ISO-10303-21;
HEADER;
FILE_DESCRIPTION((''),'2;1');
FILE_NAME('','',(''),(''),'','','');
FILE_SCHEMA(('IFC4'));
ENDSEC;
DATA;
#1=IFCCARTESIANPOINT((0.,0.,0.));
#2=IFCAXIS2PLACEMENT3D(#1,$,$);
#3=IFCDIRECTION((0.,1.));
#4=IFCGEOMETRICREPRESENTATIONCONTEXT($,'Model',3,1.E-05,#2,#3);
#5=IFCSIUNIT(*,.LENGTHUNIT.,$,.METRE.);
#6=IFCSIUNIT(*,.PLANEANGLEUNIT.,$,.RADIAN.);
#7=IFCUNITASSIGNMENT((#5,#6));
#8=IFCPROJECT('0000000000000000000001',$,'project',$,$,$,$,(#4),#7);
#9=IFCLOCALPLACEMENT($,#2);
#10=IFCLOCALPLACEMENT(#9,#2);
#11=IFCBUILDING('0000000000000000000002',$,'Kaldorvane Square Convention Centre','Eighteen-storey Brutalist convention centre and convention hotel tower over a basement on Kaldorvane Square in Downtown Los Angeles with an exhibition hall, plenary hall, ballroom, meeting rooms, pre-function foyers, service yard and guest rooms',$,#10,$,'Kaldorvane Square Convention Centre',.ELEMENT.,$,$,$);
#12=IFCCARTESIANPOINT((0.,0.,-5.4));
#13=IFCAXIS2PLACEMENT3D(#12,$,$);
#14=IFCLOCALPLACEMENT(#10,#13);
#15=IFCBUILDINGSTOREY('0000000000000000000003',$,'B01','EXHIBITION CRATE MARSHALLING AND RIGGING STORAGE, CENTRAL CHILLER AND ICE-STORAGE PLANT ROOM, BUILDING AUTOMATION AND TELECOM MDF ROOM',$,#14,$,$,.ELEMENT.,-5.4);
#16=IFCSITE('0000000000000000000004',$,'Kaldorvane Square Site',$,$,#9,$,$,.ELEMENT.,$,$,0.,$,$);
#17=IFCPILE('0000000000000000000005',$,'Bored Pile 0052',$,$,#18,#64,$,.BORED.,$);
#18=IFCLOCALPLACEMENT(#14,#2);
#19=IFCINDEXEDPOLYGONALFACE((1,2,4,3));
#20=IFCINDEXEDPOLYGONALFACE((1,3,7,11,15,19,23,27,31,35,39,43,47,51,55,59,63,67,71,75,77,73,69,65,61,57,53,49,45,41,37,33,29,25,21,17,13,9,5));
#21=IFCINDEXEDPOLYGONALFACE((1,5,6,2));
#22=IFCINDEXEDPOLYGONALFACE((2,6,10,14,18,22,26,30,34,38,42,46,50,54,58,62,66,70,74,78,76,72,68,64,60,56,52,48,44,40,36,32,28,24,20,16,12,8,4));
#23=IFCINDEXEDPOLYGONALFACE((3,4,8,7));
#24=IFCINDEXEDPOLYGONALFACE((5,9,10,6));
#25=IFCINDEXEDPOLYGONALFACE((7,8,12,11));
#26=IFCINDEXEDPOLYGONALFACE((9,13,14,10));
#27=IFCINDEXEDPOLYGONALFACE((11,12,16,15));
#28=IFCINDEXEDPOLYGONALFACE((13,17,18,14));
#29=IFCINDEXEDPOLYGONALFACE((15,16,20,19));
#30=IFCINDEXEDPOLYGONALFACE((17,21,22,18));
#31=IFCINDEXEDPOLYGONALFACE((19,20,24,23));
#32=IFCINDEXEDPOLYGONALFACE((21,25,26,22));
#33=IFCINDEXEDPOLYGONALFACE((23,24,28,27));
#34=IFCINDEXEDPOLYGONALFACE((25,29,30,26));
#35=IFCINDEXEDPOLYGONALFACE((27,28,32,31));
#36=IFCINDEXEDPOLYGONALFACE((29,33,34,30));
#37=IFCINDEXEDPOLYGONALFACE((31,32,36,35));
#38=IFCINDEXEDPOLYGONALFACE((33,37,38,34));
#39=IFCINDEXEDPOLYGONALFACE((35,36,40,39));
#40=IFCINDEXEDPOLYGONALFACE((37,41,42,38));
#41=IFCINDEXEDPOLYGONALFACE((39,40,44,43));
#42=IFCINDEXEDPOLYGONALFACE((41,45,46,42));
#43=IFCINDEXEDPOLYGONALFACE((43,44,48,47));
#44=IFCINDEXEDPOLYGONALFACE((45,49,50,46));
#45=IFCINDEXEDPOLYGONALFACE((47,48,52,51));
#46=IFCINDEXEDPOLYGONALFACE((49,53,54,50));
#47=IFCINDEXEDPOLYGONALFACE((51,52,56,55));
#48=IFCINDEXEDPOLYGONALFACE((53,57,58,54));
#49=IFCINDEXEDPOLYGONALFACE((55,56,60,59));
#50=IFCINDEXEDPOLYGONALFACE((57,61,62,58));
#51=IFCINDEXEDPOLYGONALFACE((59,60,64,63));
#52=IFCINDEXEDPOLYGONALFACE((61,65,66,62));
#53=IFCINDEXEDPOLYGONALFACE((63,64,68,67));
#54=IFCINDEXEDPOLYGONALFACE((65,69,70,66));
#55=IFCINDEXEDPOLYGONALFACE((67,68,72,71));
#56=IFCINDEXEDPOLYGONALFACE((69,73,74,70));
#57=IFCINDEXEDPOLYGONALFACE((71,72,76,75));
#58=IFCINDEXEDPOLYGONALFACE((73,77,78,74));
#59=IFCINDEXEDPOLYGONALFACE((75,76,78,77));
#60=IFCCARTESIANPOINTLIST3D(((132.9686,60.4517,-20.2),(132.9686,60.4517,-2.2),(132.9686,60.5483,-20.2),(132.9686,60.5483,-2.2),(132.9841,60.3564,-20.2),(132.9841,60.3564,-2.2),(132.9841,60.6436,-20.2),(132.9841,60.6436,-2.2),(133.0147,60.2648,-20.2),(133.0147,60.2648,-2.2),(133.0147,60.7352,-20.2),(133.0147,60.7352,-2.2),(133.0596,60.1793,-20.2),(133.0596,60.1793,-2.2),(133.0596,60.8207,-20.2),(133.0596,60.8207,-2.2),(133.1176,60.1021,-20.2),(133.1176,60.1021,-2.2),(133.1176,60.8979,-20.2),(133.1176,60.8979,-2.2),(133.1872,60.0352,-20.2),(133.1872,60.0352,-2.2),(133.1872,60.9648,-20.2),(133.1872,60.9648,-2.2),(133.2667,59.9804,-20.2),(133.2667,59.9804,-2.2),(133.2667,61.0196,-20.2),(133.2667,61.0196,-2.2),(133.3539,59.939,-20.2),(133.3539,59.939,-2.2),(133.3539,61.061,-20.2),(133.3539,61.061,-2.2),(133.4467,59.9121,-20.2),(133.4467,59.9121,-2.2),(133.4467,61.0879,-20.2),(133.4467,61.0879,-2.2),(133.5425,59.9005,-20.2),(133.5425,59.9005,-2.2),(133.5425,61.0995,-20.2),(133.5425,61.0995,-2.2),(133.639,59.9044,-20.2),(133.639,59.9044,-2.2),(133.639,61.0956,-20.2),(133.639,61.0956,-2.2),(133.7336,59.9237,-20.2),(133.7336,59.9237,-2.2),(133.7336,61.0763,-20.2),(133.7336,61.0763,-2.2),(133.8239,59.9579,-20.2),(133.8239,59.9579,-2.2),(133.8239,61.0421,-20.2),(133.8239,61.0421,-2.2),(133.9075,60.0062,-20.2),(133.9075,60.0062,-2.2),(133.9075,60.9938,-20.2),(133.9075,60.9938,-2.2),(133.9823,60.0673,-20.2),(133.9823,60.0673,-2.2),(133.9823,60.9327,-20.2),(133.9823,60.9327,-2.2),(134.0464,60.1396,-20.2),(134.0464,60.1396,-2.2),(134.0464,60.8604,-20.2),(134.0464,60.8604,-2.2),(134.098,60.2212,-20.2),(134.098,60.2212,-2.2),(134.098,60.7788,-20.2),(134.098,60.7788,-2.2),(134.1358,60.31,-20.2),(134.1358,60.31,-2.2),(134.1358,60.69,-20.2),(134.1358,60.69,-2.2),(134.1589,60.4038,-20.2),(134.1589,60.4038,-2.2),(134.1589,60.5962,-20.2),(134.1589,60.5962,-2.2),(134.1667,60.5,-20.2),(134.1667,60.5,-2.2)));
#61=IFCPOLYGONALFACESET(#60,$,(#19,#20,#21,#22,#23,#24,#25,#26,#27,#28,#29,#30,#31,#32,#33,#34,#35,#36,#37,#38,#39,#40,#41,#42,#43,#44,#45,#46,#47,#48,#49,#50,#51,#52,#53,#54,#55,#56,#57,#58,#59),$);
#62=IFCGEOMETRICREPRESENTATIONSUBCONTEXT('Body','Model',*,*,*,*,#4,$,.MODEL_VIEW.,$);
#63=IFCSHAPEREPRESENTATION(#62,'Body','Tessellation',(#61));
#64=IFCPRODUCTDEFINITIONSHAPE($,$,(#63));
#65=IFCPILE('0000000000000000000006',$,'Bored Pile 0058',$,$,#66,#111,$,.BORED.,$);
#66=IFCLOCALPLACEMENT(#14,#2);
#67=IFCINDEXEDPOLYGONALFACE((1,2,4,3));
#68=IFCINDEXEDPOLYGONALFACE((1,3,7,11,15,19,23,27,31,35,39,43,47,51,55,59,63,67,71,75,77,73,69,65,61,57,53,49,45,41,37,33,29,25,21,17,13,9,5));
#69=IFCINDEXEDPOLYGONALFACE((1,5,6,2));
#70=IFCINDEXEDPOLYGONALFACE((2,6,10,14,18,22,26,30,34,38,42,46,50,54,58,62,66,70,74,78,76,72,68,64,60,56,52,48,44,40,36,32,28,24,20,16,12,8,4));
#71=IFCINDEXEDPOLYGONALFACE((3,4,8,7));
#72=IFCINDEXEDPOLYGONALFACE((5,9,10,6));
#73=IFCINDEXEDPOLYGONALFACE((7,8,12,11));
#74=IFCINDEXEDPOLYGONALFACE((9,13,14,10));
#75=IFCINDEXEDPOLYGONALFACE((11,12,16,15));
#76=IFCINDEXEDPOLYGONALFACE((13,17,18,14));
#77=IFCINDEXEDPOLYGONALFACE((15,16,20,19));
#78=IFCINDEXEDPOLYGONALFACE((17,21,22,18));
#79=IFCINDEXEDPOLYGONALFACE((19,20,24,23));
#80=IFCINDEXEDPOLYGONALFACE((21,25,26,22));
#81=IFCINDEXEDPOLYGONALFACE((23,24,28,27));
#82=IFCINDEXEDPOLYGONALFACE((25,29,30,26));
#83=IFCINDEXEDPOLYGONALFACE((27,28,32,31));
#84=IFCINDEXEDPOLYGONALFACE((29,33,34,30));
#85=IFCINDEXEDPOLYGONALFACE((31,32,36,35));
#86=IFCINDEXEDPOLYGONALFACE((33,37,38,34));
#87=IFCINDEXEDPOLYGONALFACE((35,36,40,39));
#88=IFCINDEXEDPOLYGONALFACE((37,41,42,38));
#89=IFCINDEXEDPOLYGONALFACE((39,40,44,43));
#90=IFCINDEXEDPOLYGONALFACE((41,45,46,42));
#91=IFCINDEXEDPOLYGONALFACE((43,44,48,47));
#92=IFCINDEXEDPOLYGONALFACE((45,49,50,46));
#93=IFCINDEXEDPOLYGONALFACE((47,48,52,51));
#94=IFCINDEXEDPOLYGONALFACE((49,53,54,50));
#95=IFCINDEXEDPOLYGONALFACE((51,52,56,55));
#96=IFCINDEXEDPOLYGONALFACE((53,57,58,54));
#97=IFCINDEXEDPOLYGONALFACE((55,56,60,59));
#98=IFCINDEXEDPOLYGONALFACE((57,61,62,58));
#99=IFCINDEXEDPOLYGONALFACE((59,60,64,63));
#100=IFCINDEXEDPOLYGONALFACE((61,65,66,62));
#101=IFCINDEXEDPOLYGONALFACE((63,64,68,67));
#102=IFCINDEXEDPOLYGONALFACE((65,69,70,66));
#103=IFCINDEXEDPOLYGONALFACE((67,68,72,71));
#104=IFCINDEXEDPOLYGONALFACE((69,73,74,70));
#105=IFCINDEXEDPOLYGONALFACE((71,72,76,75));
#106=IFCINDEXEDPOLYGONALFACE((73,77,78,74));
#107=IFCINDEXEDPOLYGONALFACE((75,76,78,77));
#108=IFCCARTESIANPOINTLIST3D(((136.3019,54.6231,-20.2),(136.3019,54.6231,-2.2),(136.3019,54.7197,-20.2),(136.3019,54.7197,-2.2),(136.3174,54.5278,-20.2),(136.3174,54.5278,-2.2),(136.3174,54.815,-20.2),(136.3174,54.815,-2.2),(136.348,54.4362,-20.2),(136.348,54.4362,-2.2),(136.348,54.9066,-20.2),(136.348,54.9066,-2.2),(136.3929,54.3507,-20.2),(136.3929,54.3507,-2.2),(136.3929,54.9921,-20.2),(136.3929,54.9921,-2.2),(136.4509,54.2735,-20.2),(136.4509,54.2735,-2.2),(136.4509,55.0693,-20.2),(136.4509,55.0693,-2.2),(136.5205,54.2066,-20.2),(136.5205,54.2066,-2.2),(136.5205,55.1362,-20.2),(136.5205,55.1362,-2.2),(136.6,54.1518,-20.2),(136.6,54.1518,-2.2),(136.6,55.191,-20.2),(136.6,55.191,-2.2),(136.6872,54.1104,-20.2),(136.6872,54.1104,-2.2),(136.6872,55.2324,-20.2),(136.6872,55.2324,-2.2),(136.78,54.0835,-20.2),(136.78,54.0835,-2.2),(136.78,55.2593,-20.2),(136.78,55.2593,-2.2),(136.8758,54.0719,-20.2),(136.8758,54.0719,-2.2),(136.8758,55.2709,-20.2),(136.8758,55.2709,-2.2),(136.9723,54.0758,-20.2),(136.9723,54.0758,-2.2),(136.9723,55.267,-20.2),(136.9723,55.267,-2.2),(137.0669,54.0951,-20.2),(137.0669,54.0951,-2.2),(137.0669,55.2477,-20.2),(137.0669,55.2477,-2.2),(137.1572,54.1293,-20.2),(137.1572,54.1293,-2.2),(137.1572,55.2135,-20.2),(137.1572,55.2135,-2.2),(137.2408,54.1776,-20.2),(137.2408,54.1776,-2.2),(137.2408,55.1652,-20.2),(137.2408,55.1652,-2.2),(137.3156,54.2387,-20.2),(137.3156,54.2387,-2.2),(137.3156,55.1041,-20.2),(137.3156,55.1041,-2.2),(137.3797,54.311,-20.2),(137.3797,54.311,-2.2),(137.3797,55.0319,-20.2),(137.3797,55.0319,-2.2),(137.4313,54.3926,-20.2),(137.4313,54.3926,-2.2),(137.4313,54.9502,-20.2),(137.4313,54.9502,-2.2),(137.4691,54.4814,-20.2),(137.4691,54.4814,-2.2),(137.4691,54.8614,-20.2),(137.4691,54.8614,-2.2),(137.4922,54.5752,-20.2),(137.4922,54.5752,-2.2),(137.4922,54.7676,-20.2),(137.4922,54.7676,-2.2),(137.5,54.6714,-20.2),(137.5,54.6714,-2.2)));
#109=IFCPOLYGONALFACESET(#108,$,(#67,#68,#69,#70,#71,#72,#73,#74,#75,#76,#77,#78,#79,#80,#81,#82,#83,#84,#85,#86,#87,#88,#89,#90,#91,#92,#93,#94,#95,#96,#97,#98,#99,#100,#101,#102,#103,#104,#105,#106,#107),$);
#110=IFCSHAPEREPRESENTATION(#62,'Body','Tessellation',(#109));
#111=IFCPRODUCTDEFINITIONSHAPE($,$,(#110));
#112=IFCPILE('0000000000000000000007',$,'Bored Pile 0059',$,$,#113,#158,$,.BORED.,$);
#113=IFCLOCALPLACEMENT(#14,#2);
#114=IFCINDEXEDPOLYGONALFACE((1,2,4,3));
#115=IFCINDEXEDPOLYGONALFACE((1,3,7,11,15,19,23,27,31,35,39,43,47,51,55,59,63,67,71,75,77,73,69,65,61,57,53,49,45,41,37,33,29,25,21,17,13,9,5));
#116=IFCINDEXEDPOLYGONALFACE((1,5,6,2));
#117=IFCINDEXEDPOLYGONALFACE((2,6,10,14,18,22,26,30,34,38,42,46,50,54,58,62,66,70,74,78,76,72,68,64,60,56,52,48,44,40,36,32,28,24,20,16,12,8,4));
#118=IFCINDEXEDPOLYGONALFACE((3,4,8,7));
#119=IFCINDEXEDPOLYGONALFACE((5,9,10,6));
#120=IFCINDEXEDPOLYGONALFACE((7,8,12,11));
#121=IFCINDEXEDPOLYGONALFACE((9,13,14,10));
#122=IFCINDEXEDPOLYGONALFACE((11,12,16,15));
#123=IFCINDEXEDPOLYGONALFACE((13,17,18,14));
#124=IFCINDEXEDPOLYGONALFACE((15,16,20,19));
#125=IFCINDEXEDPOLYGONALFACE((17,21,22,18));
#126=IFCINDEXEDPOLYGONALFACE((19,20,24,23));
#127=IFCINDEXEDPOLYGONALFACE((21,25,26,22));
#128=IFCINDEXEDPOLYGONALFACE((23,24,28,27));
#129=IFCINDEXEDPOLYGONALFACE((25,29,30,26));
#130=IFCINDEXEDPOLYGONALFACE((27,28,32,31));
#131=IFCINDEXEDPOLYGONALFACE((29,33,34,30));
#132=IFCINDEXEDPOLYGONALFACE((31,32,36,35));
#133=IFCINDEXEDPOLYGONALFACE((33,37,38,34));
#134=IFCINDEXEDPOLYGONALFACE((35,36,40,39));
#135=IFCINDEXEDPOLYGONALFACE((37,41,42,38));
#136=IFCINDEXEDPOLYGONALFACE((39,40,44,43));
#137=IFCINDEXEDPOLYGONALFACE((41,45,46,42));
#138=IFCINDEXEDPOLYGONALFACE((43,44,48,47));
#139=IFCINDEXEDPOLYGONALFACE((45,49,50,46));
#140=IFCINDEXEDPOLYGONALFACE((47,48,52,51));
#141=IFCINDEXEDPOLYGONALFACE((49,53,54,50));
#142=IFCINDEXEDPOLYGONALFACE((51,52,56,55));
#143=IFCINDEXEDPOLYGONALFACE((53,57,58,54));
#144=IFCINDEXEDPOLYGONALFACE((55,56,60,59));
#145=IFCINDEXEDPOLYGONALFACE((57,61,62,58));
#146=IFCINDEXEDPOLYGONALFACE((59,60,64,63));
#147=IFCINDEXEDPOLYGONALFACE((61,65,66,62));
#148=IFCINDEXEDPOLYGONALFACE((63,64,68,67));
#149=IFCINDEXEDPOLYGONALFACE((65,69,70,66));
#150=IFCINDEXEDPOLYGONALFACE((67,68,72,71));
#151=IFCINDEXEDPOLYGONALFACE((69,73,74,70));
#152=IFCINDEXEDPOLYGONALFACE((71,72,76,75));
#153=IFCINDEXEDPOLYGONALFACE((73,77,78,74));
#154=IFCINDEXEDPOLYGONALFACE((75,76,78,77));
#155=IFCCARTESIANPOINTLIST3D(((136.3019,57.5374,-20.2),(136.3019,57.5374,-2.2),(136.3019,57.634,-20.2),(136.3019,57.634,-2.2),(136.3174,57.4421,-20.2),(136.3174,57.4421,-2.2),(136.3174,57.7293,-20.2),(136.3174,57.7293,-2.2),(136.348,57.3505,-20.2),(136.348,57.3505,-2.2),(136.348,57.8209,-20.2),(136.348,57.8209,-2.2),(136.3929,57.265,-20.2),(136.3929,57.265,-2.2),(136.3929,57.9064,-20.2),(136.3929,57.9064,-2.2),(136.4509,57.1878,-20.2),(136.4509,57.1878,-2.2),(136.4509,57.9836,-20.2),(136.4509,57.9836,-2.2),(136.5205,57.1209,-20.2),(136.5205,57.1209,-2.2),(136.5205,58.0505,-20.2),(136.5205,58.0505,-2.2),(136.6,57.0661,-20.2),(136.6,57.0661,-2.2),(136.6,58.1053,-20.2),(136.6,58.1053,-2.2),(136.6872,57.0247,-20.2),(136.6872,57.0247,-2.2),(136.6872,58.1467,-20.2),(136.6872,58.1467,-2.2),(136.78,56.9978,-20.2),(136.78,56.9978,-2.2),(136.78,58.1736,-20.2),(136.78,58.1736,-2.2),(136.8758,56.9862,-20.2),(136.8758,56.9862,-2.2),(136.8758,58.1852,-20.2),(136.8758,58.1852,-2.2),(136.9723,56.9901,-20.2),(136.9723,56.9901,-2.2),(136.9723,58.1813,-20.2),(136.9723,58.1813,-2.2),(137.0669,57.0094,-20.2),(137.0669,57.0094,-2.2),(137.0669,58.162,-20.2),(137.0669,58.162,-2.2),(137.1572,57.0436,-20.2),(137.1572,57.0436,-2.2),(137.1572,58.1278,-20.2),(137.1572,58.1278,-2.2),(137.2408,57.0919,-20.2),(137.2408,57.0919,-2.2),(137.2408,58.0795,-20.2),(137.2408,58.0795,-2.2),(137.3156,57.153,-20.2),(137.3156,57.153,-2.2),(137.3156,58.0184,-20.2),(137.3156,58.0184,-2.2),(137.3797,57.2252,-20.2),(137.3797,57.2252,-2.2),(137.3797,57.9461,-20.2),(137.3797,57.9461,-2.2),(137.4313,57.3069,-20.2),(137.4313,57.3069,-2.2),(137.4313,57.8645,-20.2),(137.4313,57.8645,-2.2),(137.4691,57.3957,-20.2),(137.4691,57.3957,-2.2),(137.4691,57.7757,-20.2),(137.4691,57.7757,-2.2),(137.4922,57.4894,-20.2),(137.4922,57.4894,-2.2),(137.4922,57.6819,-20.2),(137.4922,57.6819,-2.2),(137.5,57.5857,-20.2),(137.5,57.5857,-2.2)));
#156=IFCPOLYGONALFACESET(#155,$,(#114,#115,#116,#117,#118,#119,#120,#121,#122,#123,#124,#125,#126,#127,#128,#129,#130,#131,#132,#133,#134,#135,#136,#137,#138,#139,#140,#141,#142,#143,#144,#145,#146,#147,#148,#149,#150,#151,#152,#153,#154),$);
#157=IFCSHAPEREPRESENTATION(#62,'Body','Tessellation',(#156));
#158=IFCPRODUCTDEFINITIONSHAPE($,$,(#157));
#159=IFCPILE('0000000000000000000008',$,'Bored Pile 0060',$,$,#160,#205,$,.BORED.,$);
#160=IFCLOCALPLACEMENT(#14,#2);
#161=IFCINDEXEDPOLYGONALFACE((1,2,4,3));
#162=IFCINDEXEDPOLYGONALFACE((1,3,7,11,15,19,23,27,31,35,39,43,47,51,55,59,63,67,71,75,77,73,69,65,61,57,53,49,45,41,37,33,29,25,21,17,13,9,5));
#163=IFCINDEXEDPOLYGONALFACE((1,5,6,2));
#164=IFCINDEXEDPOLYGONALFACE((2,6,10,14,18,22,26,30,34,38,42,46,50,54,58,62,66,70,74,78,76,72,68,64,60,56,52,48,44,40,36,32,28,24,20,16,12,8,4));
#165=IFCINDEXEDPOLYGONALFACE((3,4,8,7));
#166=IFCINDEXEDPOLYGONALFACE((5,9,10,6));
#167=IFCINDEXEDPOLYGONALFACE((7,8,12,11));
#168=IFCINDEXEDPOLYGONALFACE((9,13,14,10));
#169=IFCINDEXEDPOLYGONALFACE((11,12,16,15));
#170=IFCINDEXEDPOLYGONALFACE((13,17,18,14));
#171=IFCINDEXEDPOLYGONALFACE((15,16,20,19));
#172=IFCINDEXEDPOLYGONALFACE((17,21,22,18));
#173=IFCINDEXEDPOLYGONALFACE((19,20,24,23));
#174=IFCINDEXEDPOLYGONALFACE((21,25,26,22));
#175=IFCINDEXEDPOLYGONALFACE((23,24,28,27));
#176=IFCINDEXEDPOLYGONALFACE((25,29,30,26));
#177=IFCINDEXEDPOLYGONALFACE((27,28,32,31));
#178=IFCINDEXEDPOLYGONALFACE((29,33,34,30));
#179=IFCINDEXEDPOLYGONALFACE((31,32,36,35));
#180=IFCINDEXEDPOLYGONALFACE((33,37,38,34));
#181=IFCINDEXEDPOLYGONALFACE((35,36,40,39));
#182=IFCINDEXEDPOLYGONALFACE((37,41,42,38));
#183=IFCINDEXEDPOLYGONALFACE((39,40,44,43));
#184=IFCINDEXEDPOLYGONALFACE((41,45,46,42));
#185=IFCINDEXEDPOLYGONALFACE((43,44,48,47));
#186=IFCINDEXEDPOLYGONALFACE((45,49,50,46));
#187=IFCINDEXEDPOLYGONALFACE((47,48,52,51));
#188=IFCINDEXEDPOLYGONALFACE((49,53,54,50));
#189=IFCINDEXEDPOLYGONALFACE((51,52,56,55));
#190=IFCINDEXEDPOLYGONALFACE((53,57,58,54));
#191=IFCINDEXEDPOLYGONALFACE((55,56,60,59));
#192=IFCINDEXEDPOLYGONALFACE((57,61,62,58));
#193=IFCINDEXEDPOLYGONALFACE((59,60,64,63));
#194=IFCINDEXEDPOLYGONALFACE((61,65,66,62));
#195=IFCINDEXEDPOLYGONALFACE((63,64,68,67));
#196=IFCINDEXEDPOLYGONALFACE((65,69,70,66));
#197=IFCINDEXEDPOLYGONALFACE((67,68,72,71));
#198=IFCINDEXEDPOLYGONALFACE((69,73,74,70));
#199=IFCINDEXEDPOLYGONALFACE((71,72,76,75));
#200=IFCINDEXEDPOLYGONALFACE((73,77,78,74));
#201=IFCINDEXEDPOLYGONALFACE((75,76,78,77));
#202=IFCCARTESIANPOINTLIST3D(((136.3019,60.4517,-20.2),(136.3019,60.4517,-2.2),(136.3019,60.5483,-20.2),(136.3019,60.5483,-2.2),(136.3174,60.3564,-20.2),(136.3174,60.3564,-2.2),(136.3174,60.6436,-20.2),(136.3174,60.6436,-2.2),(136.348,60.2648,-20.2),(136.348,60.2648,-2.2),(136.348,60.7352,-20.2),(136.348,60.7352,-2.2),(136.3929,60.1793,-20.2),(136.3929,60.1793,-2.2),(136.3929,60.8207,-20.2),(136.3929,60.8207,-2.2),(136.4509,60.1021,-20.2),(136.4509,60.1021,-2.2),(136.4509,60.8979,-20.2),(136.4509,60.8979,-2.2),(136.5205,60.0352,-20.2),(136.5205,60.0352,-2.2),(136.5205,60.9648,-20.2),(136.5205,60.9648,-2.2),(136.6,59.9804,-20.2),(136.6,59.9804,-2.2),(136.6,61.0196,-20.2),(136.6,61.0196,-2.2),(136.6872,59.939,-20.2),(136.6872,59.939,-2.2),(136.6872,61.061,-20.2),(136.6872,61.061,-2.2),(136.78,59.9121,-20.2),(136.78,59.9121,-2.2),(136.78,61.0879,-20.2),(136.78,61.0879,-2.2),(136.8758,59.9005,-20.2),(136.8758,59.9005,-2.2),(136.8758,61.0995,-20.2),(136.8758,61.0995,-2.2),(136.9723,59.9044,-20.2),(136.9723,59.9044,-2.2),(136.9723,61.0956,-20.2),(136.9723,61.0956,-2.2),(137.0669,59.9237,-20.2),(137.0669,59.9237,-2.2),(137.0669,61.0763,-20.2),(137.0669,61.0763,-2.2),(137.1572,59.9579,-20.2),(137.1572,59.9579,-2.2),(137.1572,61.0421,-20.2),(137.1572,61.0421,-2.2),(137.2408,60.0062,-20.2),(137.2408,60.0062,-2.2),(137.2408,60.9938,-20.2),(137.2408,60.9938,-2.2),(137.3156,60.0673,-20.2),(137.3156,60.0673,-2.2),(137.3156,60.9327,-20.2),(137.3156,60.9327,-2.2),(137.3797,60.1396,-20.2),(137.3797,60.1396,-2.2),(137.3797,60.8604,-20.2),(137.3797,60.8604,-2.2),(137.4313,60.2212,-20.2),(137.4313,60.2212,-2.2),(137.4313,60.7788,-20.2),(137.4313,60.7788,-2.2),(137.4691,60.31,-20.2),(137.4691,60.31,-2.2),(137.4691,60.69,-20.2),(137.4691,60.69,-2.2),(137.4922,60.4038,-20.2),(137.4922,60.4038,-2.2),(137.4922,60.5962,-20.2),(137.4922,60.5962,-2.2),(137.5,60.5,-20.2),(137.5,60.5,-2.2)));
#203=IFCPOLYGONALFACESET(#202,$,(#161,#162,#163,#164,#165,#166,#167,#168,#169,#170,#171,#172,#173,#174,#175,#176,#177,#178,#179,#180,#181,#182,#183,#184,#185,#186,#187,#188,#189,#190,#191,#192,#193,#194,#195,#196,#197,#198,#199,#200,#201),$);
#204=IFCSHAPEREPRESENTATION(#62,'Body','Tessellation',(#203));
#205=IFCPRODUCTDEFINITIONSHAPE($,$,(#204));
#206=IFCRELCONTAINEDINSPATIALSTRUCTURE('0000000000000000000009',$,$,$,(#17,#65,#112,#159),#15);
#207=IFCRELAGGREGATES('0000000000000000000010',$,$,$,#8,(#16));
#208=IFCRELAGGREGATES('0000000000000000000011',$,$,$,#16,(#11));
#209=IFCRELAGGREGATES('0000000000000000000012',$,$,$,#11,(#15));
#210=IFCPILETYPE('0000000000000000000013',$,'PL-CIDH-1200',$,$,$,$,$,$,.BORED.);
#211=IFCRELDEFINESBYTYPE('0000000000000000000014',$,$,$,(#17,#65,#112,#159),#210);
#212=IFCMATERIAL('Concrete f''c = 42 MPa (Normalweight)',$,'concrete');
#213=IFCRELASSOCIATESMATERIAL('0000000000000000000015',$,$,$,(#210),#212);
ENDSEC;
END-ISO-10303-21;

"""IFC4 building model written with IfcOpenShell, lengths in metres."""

from ifc_helpers import new_model, si_unit, direction, frame, origin, origin_2d, place, context, subcontext, project, spatial, circle, extrude, material, material_profile, profile_set, type_object, element, save


model = new_model("IFC4")

# Units and contexts
model_context = context("Model", 3, precision=1e-05, world=origin(), true_north=direction((0.0, 1.0)))
body_context = subcontext(model_context, "Body", "Model", "MODEL_VIEW")
ifc_project = project(units=[si_unit("LENGTHUNIT", "METRE"), si_unit("PLANEANGLEUNIT", "RADIAN")], contexts=[model_context])

# Site, building, storey
site_placement = place(None, origin())
site = spatial("IfcSite", under=ifc_project, at=site_placement, Name="Kaldorvane Square Site", CompositionType="ELEMENT", RefElevation=0.0)
building_placement = place(site_placement, origin())
building = spatial("IfcBuilding", under=site, at=building_placement, Name="Kaldorvane Square Convention Centre", Description="Eighteen-storey Brutalist convention centre and convention hotel tower over a basement on Kaldorvane Square in Downtown Los Angeles with an exhibition hall, plenary hall, ballroom, meeting rooms, pre-function foyers, service yard and guest rooms", LongName="Kaldorvane Square Convention Centre", CompositionType="ELEMENT")
storey_placement = place(building_placement, frame((0.0, 0.0, -5.4)))
storey = spatial("IfcBuildingStorey", under=building, at=storey_placement, Name="B01", Description="EXHIBITION CRATE MARSHALLING AND RIGGING STORAGE, CENTRAL CHILLER AND ICE-STORAGE PLANT ROOM, BUILDING AUTOMATION AND TELECOM MDF ROOM", CompositionType="ELEMENT", Elevation=-5.4)

# Shared definitions
ifc_material_1 = material(Name="Concrete f'c = 42 MPa (Normalweight)", Category="concrete")

# Piles
ifc_material_profile_1 = material_profile(ifc_material_1, circle(Radius=0.6, at=origin_2d()), Name="PILE-D1200")
ifc_profile_set_1 = profile_set([ifc_material_profile_1], Name="Concrete f'c = 42 MPa (Normalweight)")
pile_type_1 = type_object("IfcPileType", Name="PL-CIDH-1200", PredefinedType="BORED", material=ifc_profile_set_1)
for number, where, z_axis, x_axis, name in (
    (1, (133.5667, 60.5, -2.2), (0.0, 0.0, -1.0), (1.0, 0.0, 0.0), "Bored Pile 0052"),
    (2, (136.9, 54.6714, -2.2), (0.0, 0.0, -1.0), (1.0, 0.0, 0.0), "Bored Pile 0058"),
    (3, (136.9, 57.5857, -2.2), (0.0, 0.0, -1.0), (1.0, 0.0, 0.0), "Bored Pile 0059"),
    (4, (136.9, 60.5, -2.2), (0.0, 0.0, -1.0), (1.0, 0.0, 0.0), "Bored Pile 0060"),
):
    element("IfcPile", number, at=place(storey_placement, frame(where, z_axis=z_axis, x_axis=x_axis)), inside=storey, type_object=pile_type_1, Name=name, PredefinedType="BORED", context=body_context, shape_type="SweptSolid", body=[
        extrude(circle(Radius=0.6, at=origin_2d()), origin(), (0.0, 0.0, 1.0), 18.0),
    ])

save(model, "model.ifc")
